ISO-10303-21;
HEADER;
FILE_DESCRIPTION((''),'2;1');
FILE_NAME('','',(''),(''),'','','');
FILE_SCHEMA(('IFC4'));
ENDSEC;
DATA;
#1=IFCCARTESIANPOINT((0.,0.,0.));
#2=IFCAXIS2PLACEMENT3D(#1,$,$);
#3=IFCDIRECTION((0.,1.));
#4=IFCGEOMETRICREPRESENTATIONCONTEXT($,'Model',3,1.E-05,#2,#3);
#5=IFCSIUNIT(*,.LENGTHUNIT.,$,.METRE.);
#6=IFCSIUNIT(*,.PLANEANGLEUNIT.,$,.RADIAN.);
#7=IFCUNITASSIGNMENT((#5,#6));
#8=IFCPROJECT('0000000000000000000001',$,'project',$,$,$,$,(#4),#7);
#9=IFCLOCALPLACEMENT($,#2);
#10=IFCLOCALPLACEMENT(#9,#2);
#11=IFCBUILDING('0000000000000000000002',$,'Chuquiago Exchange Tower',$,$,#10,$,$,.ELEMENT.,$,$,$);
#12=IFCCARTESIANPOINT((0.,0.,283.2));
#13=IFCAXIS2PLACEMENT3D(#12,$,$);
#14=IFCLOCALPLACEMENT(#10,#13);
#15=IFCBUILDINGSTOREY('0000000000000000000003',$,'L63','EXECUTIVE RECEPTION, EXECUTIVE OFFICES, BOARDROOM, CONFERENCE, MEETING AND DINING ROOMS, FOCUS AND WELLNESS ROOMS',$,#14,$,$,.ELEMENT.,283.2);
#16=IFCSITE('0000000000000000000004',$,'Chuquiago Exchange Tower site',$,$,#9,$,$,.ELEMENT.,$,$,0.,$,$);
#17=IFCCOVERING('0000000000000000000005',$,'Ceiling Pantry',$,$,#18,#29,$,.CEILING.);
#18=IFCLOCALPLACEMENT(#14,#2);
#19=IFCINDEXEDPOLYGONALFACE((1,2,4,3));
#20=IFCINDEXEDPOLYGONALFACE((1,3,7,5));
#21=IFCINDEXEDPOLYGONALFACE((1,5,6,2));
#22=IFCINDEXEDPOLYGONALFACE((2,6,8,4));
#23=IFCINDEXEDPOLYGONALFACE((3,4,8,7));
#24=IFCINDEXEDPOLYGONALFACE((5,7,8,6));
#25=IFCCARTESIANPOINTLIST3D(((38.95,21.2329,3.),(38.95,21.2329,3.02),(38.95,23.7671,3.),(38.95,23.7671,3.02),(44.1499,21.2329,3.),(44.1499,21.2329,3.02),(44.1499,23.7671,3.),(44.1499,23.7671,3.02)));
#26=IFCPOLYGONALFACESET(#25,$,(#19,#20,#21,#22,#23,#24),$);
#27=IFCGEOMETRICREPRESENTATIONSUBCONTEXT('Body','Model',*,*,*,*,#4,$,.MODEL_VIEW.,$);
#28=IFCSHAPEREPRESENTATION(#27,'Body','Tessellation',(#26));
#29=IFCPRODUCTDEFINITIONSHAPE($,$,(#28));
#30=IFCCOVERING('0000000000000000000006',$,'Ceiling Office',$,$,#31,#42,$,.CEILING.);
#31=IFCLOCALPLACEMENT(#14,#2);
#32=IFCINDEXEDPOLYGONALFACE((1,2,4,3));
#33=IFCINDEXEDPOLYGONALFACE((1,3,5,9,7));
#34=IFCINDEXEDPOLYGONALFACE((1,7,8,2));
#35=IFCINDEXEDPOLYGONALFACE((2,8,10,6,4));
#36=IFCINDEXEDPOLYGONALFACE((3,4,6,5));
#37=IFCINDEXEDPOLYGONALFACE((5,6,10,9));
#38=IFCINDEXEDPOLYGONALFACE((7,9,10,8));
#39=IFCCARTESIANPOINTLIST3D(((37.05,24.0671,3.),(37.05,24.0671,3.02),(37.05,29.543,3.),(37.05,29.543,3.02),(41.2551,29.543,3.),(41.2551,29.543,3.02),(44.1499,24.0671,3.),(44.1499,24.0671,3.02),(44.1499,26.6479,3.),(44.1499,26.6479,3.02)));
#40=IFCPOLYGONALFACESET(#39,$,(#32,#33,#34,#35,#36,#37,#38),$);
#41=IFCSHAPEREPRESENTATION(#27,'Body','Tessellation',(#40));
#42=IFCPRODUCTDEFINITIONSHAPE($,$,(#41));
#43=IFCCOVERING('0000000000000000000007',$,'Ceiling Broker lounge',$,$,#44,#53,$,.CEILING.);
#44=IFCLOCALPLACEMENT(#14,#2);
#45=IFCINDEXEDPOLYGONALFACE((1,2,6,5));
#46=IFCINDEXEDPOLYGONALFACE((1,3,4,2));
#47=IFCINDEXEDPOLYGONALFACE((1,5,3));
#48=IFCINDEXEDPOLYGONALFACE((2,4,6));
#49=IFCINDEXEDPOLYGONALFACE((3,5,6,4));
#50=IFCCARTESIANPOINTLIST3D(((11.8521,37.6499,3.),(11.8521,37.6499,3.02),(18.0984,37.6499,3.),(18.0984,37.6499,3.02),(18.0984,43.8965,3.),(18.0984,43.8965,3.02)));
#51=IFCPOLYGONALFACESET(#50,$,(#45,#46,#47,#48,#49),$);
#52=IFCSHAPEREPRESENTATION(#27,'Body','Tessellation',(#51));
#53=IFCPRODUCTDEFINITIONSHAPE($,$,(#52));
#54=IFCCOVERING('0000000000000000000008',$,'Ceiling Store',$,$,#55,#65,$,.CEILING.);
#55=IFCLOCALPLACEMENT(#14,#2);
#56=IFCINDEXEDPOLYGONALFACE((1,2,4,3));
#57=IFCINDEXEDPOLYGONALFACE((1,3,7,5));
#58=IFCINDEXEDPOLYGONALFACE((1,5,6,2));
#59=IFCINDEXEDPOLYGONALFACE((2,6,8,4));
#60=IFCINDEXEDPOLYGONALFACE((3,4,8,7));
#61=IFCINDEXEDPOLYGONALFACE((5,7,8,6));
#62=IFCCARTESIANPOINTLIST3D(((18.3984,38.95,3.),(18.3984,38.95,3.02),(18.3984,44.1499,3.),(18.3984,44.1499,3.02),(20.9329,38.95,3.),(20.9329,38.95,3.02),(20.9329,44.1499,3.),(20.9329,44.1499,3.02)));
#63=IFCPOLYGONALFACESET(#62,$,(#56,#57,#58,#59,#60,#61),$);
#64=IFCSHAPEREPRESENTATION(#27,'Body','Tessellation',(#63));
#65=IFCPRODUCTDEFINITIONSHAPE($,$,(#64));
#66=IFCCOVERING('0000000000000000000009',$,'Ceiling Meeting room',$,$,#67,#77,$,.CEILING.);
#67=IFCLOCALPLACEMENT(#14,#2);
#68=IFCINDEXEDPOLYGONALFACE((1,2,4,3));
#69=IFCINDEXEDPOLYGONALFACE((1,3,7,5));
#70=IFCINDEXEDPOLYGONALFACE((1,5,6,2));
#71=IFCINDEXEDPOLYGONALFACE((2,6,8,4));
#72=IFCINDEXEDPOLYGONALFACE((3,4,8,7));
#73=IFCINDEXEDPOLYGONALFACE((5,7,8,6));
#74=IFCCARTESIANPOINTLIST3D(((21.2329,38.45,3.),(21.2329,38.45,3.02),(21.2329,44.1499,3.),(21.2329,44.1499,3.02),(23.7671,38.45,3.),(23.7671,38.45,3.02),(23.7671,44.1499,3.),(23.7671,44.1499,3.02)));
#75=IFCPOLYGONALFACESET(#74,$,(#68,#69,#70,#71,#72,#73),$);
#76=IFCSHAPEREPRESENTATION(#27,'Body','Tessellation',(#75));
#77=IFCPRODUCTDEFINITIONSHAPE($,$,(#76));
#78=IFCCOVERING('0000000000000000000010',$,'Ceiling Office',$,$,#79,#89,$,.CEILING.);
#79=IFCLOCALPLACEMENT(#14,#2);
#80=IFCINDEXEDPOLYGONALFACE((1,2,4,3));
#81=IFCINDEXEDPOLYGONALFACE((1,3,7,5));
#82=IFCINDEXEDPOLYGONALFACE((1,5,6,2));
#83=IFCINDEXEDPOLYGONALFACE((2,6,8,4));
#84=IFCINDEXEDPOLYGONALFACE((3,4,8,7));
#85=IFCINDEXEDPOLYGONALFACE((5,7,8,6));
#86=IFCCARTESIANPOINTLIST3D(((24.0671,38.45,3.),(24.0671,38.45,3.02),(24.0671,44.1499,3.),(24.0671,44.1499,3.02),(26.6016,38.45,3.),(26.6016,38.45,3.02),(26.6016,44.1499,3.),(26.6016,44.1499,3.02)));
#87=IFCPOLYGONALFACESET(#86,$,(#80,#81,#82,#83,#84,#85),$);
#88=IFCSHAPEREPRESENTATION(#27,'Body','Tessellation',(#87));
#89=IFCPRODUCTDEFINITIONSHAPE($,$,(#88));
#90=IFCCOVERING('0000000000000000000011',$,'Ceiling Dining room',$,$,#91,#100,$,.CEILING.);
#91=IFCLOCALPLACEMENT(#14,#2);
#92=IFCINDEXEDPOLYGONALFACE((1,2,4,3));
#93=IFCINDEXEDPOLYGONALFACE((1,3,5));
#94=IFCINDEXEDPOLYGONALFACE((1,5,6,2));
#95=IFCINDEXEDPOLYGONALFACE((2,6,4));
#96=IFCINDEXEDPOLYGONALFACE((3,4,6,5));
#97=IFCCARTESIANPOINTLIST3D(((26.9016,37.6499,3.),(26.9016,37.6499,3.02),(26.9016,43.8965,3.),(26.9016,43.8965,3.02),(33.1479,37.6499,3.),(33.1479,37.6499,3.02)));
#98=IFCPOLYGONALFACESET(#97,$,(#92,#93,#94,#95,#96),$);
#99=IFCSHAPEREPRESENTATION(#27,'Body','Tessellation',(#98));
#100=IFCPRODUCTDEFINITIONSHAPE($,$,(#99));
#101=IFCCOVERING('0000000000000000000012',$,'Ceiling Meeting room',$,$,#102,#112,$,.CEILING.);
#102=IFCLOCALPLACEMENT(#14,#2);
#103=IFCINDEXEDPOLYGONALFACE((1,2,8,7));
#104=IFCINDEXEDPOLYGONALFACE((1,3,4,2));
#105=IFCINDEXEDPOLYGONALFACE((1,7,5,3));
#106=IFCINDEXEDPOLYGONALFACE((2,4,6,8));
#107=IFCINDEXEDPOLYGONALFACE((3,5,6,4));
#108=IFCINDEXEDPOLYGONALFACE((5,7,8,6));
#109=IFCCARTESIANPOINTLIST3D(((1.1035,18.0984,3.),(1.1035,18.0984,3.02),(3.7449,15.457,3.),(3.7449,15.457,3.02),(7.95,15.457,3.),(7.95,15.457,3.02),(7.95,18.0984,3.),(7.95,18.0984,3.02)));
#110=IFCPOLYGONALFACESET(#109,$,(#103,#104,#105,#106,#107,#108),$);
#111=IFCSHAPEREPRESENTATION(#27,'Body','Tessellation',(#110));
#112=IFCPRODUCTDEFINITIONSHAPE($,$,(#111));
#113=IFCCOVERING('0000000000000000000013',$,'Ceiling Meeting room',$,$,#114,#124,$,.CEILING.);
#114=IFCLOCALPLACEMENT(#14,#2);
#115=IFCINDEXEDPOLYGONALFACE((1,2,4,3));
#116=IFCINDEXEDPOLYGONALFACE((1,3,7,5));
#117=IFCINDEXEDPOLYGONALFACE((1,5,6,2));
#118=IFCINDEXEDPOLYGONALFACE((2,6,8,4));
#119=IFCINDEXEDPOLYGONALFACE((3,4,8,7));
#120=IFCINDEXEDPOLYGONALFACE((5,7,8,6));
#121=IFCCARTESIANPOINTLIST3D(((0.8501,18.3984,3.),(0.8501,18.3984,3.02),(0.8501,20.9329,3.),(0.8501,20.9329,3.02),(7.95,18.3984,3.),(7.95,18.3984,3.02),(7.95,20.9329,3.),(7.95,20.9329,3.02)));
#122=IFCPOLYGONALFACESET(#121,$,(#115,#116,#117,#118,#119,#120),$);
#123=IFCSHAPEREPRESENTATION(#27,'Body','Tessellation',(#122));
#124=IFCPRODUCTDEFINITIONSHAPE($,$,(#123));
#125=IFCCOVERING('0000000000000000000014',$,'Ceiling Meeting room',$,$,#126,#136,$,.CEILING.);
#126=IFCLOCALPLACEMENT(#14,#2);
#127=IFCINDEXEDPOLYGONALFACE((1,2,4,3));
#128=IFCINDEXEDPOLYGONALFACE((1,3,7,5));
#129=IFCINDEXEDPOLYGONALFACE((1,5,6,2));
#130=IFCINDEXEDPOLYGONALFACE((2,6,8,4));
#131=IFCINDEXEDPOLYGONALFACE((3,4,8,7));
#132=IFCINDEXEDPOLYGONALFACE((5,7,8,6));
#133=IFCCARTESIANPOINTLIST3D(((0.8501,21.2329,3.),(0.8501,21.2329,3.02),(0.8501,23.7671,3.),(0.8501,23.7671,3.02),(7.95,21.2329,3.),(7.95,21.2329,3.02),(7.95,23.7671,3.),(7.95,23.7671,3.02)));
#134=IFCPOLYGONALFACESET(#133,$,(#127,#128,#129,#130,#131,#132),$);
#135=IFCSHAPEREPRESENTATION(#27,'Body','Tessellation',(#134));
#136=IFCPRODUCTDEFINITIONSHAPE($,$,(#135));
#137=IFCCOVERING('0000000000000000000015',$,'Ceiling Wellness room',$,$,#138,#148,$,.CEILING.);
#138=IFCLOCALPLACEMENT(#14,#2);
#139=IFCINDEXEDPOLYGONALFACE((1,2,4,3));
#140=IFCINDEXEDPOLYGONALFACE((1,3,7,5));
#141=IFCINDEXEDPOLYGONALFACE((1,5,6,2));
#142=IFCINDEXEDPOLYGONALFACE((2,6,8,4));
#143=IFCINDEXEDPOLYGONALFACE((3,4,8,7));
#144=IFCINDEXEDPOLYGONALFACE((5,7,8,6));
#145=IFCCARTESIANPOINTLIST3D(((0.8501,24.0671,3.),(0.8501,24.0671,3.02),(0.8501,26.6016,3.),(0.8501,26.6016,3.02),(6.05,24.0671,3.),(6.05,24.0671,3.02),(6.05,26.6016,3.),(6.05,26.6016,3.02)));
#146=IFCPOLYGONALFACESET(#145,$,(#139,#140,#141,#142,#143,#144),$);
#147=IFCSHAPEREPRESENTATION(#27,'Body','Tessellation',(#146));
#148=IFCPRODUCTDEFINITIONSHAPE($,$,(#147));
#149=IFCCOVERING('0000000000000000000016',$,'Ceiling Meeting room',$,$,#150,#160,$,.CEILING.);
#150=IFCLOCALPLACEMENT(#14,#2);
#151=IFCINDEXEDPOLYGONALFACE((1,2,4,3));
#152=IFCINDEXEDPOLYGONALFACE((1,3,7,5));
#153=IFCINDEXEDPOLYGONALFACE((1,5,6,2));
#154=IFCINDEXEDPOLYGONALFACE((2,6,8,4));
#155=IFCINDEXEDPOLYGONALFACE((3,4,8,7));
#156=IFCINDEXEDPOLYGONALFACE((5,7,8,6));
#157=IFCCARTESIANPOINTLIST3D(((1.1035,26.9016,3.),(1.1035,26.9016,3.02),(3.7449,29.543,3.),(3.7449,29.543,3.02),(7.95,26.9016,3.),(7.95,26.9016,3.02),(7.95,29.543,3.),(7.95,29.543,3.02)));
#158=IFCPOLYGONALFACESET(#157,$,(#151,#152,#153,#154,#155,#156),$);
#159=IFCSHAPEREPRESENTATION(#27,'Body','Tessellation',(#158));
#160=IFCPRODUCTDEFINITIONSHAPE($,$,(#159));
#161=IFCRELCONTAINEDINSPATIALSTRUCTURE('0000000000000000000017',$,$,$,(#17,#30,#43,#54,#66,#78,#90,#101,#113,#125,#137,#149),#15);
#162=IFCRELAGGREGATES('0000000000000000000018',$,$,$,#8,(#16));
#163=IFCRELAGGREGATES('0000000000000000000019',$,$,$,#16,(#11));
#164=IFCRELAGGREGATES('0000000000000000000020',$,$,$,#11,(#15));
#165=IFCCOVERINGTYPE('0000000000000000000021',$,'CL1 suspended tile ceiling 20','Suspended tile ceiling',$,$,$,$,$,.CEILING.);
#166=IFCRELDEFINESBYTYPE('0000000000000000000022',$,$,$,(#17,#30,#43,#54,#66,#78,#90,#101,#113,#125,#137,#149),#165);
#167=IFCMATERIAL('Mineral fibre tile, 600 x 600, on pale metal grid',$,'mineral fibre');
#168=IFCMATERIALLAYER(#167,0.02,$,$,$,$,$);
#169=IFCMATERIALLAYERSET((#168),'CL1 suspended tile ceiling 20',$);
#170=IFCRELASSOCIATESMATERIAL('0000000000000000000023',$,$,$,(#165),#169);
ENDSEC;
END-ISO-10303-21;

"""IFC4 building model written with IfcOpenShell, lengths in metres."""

from ifc_helpers import new_model, si_unit, direction, frame, origin, place, context, subcontext, project, spatial, polyline, outline, extrude, material, layer, layer_set, type_object, element, save


model = new_model("IFC4")

# Units and contexts
model_context = context("Model", 3, precision=1e-05, world=origin(), true_north=direction((0.0, 1.0)))
body_context = subcontext(model_context, "Body", "Model", "MODEL_VIEW")
ifc_project = project(units=[si_unit("LENGTHUNIT", "METRE"), si_unit("PLANEANGLEUNIT", "RADIAN")], contexts=[model_context])

# Site, building, storey
site_placement = place(None, origin())
site = spatial("IfcSite", under=ifc_project, at=site_placement, Name="Chuquiago Exchange Tower site", CompositionType="ELEMENT", RefElevation=0.0)
building_placement = place(site_placement, origin())
building = spatial("IfcBuilding", under=site, at=building_placement, Name="Chuquiago Exchange Tower", CompositionType="ELEMENT")
storey_placement = place(building_placement, frame((0.0, 0.0, 283.2)))
storey = spatial("IfcBuildingStorey", under=building, at=storey_placement, Name="L63", Description="EXECUTIVE RECEPTION, EXECUTIVE OFFICES, BOARDROOM, CONFERENCE, MEETING AND DINING ROOMS, FOCUS AND WELLNESS ROOMS", CompositionType="ELEMENT", Elevation=283.2)

# Coverings
ifc_material_1 = material(Name="Mineral fibre tile, 600 x 600, on pale metal grid", Category="mineral fibre")
ifc_layer_1 = layer(ifc_material_1, 0.02)
ifc_layer_set_1 = layer_set([ifc_layer_1], Name="CL1 suspended tile ceiling 20")
covering_type_1 = type_object("IfcCoveringType", Name="CL1 suspended tile ceiling 20", Description="Suspended tile ceiling", PredefinedType="CEILING", material=ifc_layer_set_1)
covering_1_placement = place(storey_placement, frame((0.0, 0.0, 3.0)))
element("IfcCovering", 1, at=covering_1_placement, inside=storey, type_object=covering_type_1, Name="Ceiling Pantry", PredefinedType="CEILING", context=body_context, shape_type="SweptSolid", body=[
    extrude(outline(polyline([(38.95, 21.2329), (38.95, 23.7671), (44.1499, 23.7671), (44.1499, 21.2329), (38.95, 21.2329)])), origin(), (0.0, 0.0, 1.0), 0.02),
])
covering_2_placement = place(storey_placement, frame((0.0, 0.0, 3.0)))
element("IfcCovering", 2, at=covering_2_placement, inside=storey, type_object=covering_type_1, Name="Ceiling Office", PredefinedType="CEILING", context=body_context, shape_type="SweptSolid", body=[
    extrude(outline(polyline([(44.1499, 24.0671), (37.05, 24.0671), (37.05, 29.543), (41.2551, 29.543), (44.1499, 26.6479), (44.1499, 24.0671)])), origin(), (0.0, 0.0, 1.0), 0.02),
])
covering_3_placement = place(storey_placement, frame((0.0, 0.0, 3.0)))
element("IfcCovering", 3, at=covering_3_placement, inside=storey, type_object=covering_type_1, Name="Ceiling Broker lounge", PredefinedType="CEILING", context=body_context, shape_type="SweptSolid", body=[
    extrude(outline(polyline([(18.0984, 37.6499), (11.8521, 37.6499), (18.0984, 43.8965), (18.0984, 37.6499)])), origin(), (0.0, 0.0, 1.0), 0.02),
])
covering_4_placement = place(storey_placement, frame((0.0, 0.0, 3.0)))
element("IfcCovering", 4, at=covering_4_placement, inside=storey, type_object=covering_type_1, Name="Ceiling Store", PredefinedType="CEILING", context=body_context, shape_type="SweptSolid", body=[
    extrude(outline(polyline([(20.9329, 44.1499), (20.9329, 38.95), (18.3984, 38.95), (18.3984, 44.1499), (20.9329, 44.1499)])), origin(), (0.0, 0.0, 1.0), 0.02),
])
covering_5_placement = place(storey_placement, frame((0.0, 0.0, 3.0)))
element("IfcCovering", 5, at=covering_5_placement, inside=storey, type_object=covering_type_1, Name="Ceiling Meeting room", PredefinedType="CEILING", context=body_context, shape_type="SweptSolid", body=[
    extrude(outline(polyline([(23.7671, 38.45), (21.2329, 38.45), (21.2329, 44.1499), (23.7671, 44.1499), (23.7671, 38.45)])), origin(), (0.0, 0.0, 1.0), 0.02),
])
covering_6_placement = place(storey_placement, frame((0.0, 0.0, 3.0)))
element("IfcCovering", 6, at=covering_6_placement, inside=storey, type_object=covering_type_1, Name="Ceiling Office", PredefinedType="CEILING", context=body_context, shape_type="SweptSolid", body=[
    extrude(outline(polyline([(26.6016, 38.45), (24.0671, 38.45), (24.0671, 44.1499), (26.6016, 44.1499), (26.6016, 38.45)])), origin(), (0.0, 0.0, 1.0), 0.02),
])
covering_7_placement = place(storey_placement, frame((0.0, 0.0, 3.0)))
element("IfcCovering", 7, at=covering_7_placement, inside=storey, type_object=covering_type_1, Name="Ceiling Dining room", PredefinedType="CEILING", context=body_context, shape_type="SweptSolid", body=[
    extrude(outline(polyline([(26.9016, 37.6499), (26.9016, 43.8965), (33.1479, 37.6499), (26.9016, 37.6499)])), origin(), (0.0, 0.0, 1.0), 0.02),
])
covering_8_placement = place(storey_placement, frame((0.0, 0.0, 3.0)))
element("IfcCovering", 8, at=covering_8_placement, inside=storey, type_object=covering_type_1, Name="Ceiling Meeting room", PredefinedType="CEILING", context=body_context, shape_type="SweptSolid", body=[
    extrude(outline(polyline([(7.95, 18.0984), (7.95, 15.457), (3.7449, 15.457), (1.1035, 18.0984), (7.95, 18.0984)])), origin(), (0.0, 0.0, 1.0), 0.02),
])
covering_9_placement = place(storey_placement, frame((0.0, 0.0, 3.0)))
element("IfcCovering", 9, at=covering_9_placement, inside=storey, type_object=covering_type_1, Name="Ceiling Meeting room", PredefinedType="CEILING", context=body_context, shape_type="SweptSolid", body=[
    extrude(outline(polyline([(0.8501, 20.9329), (7.95, 20.9329), (7.95, 18.3984), (0.8501, 18.3984), (0.8501, 20.9329)])), origin(), (0.0, 0.0, 1.0), 0.02),
])
covering_10_placement = place(storey_placement, frame((0.0, 0.0, 3.0)))
element("IfcCovering", 10, at=covering_10_placement, inside=storey, type_object=covering_type_1, Name="Ceiling Meeting room", PredefinedType="CEILING", context=body_context, shape_type="SweptSolid", body=[
    extrude(outline(polyline([(7.95, 23.7671), (7.95, 21.2329), (0.8501, 21.2329), (0.8501, 23.7671), (7.95, 23.7671)])), origin(), (0.0, 0.0, 1.0), 0.02),
])
covering_11_placement = place(storey_placement, frame((0.0, 0.0, 3.0)))
element("IfcCovering", 11, at=covering_11_placement, inside=storey, type_object=covering_type_1, Name="Ceiling Wellness room", PredefinedType="CEILING", context=body_context, shape_type="SweptSolid", body=[
    extrude(outline(polyline([(6.05, 26.6016), (6.05, 24.0671), (0.8501, 24.0671), (0.8501, 26.6016), (6.05, 26.6016)])), origin(), (0.0, 0.0, 1.0), 0.02),
])
covering_12_placement = place(storey_placement, frame((0.0, 0.0, 3.0)))
element("IfcCovering", 12, at=covering_12_placement, inside=storey, type_object=covering_type_1, Name="Ceiling Meeting room", PredefinedType="CEILING", context=body_context, shape_type="SweptSolid", body=[
    extrude(outline(polyline([(7.95, 29.543), (7.95, 26.9016), (1.1035, 26.9016), (3.7449, 29.543), (7.95, 29.543)])), origin(), (0.0, 0.0, 1.0), 0.02),
])

save(model, "model.ifc")
